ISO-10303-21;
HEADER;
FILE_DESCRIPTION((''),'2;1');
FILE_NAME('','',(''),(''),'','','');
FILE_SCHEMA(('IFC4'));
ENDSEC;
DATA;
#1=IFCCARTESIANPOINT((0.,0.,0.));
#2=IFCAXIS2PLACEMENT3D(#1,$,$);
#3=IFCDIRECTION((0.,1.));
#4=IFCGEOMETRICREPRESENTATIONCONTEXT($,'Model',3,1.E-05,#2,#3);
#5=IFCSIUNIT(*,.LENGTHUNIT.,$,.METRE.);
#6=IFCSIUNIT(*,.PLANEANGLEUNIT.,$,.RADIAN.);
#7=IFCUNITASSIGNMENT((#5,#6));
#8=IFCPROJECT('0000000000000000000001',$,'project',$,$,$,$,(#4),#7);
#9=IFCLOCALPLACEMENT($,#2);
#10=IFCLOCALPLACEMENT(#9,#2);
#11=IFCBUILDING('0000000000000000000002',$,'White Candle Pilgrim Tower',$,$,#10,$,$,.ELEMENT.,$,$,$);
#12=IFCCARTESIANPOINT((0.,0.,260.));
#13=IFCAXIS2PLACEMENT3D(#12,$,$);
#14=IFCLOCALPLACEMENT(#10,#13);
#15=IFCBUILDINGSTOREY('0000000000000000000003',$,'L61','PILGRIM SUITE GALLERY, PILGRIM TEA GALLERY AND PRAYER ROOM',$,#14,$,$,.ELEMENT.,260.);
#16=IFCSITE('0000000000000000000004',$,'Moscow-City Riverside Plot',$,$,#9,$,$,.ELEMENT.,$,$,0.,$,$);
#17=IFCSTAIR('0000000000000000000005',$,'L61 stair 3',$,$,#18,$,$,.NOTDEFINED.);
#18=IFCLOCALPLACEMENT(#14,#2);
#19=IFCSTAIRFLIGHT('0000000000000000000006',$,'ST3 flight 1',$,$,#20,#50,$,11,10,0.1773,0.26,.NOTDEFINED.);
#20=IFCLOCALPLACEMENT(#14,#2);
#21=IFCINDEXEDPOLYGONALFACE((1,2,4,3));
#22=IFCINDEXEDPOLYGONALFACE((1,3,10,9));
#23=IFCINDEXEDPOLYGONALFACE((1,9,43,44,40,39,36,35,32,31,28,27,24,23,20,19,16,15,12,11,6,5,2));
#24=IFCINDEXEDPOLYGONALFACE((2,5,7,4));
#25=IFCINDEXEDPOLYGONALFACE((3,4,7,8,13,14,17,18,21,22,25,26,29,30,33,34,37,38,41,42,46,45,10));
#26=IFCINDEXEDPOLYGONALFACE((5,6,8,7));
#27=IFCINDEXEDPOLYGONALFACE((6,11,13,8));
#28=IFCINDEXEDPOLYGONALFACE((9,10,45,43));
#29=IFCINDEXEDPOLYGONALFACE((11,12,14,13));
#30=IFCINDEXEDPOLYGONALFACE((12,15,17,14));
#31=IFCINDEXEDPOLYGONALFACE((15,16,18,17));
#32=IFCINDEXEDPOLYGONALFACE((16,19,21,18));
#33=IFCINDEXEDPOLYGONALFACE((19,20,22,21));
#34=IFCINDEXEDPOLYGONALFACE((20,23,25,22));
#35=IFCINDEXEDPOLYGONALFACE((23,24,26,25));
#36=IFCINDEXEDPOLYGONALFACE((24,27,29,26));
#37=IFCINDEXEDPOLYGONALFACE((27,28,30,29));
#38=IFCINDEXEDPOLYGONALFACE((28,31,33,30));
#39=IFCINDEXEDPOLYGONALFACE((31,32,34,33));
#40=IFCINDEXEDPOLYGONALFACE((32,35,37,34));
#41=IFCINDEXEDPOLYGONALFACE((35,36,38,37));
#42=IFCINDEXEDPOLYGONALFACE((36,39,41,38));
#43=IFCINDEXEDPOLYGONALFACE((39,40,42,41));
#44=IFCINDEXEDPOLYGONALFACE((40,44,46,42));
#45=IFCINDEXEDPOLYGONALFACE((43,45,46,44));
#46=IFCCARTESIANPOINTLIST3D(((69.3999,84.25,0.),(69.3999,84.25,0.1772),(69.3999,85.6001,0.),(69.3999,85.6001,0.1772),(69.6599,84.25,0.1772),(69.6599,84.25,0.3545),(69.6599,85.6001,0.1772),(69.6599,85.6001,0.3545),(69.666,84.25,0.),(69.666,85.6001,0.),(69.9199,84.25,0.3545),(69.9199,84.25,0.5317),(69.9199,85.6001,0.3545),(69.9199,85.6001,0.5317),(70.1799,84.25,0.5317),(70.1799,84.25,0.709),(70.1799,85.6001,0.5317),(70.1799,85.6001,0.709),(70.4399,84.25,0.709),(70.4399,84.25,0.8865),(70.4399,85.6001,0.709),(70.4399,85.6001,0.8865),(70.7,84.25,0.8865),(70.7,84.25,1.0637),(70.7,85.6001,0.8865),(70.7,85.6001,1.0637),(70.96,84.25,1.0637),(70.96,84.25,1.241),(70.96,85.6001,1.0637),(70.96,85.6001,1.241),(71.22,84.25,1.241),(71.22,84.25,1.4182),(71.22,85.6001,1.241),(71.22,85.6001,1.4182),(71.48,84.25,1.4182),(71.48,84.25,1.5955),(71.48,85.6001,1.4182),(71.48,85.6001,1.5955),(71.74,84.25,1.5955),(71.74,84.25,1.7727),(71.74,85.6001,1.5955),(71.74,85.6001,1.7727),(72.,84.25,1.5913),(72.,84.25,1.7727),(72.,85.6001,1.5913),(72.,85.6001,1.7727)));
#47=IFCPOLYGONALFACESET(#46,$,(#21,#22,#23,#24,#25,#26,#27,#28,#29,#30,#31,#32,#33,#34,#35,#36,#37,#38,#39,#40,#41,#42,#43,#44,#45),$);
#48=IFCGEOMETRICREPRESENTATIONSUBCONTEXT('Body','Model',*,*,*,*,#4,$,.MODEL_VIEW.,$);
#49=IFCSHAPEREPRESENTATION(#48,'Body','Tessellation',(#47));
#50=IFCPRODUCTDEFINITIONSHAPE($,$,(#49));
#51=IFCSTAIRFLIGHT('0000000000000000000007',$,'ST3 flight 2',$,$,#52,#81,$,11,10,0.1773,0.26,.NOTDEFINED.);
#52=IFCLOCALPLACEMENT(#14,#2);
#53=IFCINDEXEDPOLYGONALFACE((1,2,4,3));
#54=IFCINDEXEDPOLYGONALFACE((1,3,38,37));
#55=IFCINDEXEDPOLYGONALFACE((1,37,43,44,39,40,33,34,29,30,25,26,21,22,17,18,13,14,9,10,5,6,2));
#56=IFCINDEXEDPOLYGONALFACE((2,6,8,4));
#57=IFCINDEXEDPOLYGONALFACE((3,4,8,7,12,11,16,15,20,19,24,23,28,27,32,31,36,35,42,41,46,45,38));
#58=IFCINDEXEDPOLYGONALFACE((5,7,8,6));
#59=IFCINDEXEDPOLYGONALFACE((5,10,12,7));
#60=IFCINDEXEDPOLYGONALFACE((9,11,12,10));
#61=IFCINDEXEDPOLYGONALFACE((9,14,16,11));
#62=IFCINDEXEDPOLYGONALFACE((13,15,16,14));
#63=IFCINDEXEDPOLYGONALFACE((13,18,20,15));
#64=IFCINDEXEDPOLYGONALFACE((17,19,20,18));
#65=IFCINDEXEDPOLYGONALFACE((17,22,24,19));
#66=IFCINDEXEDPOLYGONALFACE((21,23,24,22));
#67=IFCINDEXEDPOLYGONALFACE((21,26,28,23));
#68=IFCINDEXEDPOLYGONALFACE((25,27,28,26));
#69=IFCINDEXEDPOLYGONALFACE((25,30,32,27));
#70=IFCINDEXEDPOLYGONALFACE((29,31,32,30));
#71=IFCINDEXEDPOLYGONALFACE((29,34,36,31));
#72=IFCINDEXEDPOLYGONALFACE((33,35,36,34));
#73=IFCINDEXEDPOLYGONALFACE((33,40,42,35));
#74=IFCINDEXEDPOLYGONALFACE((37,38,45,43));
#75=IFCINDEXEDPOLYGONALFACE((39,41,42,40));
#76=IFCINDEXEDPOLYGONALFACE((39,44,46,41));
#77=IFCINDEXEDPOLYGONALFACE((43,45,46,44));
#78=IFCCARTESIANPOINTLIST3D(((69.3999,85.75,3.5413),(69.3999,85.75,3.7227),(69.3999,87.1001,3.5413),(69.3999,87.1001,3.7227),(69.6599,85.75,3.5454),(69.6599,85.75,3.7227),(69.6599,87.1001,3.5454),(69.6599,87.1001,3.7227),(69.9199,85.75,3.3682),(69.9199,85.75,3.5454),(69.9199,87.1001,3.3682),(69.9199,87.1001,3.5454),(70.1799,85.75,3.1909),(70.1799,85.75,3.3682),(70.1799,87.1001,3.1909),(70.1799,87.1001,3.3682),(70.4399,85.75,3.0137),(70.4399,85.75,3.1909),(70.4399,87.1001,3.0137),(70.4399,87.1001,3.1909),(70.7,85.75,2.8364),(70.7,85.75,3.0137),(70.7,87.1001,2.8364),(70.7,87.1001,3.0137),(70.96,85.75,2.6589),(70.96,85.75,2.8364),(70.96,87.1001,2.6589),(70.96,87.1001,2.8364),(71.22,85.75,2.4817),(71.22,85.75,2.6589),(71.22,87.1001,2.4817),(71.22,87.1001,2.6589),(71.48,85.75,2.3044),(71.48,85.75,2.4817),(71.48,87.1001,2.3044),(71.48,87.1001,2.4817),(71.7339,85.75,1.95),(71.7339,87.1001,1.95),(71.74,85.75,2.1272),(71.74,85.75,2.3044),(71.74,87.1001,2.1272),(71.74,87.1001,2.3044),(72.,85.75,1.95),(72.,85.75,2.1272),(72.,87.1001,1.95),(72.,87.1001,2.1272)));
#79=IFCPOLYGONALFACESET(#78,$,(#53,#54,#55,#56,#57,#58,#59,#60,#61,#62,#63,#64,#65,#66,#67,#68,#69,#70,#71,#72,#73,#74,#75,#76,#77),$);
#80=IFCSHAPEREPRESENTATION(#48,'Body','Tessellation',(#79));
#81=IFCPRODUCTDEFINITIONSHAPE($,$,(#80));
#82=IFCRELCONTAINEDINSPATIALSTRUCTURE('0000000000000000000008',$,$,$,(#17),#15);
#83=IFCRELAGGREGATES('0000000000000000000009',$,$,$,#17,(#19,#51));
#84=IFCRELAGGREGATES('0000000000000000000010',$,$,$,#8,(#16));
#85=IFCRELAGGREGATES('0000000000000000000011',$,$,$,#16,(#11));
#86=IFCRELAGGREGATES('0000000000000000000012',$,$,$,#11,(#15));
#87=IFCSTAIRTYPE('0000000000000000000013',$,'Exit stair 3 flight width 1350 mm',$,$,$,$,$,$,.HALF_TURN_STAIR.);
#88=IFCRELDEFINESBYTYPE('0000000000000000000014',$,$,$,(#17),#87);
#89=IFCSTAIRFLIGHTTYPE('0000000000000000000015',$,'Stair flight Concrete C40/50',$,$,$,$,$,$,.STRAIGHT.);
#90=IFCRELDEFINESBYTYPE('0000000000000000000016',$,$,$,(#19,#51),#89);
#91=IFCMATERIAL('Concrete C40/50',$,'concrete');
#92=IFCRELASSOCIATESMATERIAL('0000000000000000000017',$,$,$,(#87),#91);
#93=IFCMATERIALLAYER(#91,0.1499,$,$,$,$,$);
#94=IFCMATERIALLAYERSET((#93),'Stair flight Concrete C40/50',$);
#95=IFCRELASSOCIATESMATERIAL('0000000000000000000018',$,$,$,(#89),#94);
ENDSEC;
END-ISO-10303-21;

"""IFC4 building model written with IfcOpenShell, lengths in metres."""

from ifc_helpers import new_model, si_unit, direction, frame, origin, place, context, subcontext, project, spatial, polyline, outline, extrude, material, layer, layer_set, type_object, element, aggregate, save


model = new_model("IFC4")

# Units and contexts
model_context = context("Model", 3, precision=1e-05, world=origin(), true_north=direction((0.0, 1.0)))
body_context = subcontext(model_context, "Body", "Model", "MODEL_VIEW")
ifc_project = project(units=[si_unit("LENGTHUNIT", "METRE"), si_unit("PLANEANGLEUNIT", "RADIAN")], contexts=[model_context])

# Site, building, storey
site_placement = place(None, origin())
site = spatial("IfcSite", under=ifc_project, at=site_placement, Name="Moscow-City Riverside Plot", CompositionType="ELEMENT", RefElevation=0.0)
building_placement = place(site_placement, origin())
building = spatial("IfcBuilding", under=site, at=building_placement, Name="White Candle Pilgrim Tower", CompositionType="ELEMENT")
storey_placement = place(building_placement, frame((0.0, 0.0, 260.0)))
storey = spatial("IfcBuildingStorey", under=building, at=storey_placement, Name="L61", Description="PILGRIM SUITE GALLERY, PILGRIM TEA GALLERY AND PRAYER ROOM", CompositionType="ELEMENT", Elevation=260.0)

# Stair, stair flights
ifc_material_1 = material(Name="Concrete C40/50", Category="concrete")
stair_type = type_object("IfcStairType", Name="Exit stair 3 flight width 1350 mm", PredefinedType="HALF_TURN_STAIR", material=ifc_material_1)
stair_placement = place(storey_placement, origin())
stair = element("IfcStair", 1, at=stair_placement, inside=storey, type_object=stair_type, Name="L61 stair 3", PredefinedType="NOTDEFINED")
ifc_layer_1 = layer(ifc_material_1, 0.1499)
ifc_layer_set_1 = layer_set([ifc_layer_1], Name="Stair flight Concrete C40/50")
stair_flight_type = type_object("IfcStairFlightType", Name="Stair flight Concrete C40/50", PredefinedType="STRAIGHT", material=ifc_layer_set_1)
stair_flight_1_placement = place(storey_placement, frame((69.3999, 84.925, 0.0), z_axis=(0.0, 0.0, 1.0), x_axis=(1.0, 0.0, 0.0)))
stair_flight_1 = element("IfcStairFlight", 2, at=stair_flight_1_placement, type_object=stair_flight_type, Name="ST3 flight 1", NumberOfRisers=11, NumberOfTreads=10, PredefinedType="NOTDEFINED", RiserHeight=0.1773, TreadLength=0.26, context=body_context, shape_type="SweptSolid", body=[
    extrude(outline(polyline([(0.0, 0.0), (0.0, 0.1772), (0.26, 0.1772), (0.26, 0.3545), (0.52, 0.3545), (0.52, 0.5317), (0.78, 0.5317), (0.78, 0.709), (1.04, 0.709), (1.04, 0.8865), (1.3, 0.8865), (1.3, 1.0637), (1.5601, 1.0637), (1.5601, 1.241), (1.8201, 1.241), (1.8201, 1.4182), (2.0801, 1.4182), (2.0801, 1.5955), (2.3401, 1.5955), (2.3401, 1.7727), (2.6001, 1.7727), (2.6001, 1.95), (2.6001, 1.5913), (0.2661, 0.0), (0.0, 0.0)])), frame((0.0, 0.675, 0.0), z_axis=(0.0, -1.0, 0.0), x_axis=(1.0, 0.0, 0.0)), (0.0, 0.0, 1.0), 1.3501),
])
stair_flight_2_placement = place(storey_placement, frame((72.0, 86.425, 1.95), z_axis=(0.0, 0.0, 1.0), x_axis=(-1.0, 0.0, 0.0)))
stair_flight_2 = element("IfcStairFlight", 3, at=stair_flight_2_placement, type_object=stair_flight_type, Name="ST3 flight 2", NumberOfRisers=11, NumberOfTreads=10, PredefinedType="NOTDEFINED", RiserHeight=0.1773, TreadLength=0.26, context=body_context, shape_type="SweptSolid", body=[
    extrude(outline(polyline([(0.0, 0.0), (0.0, 0.1772), (0.26, 0.1772), (0.26, 0.3545), (0.52, 0.3545), (0.52, 0.5317), (0.78, 0.5317), (0.78, 0.709), (1.04, 0.709), (1.04, 0.8865), (1.3, 0.8865), (1.3, 1.0637), (1.5601, 1.0637), (1.5601, 1.241), (1.8201, 1.241), (1.8201, 1.4182), (2.0801, 1.4182), (2.0801, 1.5955), (2.3401, 1.5955), (2.3401, 1.7727), (2.6001, 1.7727), (2.6001, 1.95), (2.6001, 1.5913), (0.2661, 0.0), (0.0, 0.0)])), frame((0.0, 0.675, 0.0), z_axis=(0.0, -1.0, 0.0), x_axis=(1.0, 0.0, 0.0)), (0.0, 0.0, 1.0), 1.3501),
])
aggregate(stair, [stair_flight_1, stair_flight_2])

save(model, "model.ifc")
